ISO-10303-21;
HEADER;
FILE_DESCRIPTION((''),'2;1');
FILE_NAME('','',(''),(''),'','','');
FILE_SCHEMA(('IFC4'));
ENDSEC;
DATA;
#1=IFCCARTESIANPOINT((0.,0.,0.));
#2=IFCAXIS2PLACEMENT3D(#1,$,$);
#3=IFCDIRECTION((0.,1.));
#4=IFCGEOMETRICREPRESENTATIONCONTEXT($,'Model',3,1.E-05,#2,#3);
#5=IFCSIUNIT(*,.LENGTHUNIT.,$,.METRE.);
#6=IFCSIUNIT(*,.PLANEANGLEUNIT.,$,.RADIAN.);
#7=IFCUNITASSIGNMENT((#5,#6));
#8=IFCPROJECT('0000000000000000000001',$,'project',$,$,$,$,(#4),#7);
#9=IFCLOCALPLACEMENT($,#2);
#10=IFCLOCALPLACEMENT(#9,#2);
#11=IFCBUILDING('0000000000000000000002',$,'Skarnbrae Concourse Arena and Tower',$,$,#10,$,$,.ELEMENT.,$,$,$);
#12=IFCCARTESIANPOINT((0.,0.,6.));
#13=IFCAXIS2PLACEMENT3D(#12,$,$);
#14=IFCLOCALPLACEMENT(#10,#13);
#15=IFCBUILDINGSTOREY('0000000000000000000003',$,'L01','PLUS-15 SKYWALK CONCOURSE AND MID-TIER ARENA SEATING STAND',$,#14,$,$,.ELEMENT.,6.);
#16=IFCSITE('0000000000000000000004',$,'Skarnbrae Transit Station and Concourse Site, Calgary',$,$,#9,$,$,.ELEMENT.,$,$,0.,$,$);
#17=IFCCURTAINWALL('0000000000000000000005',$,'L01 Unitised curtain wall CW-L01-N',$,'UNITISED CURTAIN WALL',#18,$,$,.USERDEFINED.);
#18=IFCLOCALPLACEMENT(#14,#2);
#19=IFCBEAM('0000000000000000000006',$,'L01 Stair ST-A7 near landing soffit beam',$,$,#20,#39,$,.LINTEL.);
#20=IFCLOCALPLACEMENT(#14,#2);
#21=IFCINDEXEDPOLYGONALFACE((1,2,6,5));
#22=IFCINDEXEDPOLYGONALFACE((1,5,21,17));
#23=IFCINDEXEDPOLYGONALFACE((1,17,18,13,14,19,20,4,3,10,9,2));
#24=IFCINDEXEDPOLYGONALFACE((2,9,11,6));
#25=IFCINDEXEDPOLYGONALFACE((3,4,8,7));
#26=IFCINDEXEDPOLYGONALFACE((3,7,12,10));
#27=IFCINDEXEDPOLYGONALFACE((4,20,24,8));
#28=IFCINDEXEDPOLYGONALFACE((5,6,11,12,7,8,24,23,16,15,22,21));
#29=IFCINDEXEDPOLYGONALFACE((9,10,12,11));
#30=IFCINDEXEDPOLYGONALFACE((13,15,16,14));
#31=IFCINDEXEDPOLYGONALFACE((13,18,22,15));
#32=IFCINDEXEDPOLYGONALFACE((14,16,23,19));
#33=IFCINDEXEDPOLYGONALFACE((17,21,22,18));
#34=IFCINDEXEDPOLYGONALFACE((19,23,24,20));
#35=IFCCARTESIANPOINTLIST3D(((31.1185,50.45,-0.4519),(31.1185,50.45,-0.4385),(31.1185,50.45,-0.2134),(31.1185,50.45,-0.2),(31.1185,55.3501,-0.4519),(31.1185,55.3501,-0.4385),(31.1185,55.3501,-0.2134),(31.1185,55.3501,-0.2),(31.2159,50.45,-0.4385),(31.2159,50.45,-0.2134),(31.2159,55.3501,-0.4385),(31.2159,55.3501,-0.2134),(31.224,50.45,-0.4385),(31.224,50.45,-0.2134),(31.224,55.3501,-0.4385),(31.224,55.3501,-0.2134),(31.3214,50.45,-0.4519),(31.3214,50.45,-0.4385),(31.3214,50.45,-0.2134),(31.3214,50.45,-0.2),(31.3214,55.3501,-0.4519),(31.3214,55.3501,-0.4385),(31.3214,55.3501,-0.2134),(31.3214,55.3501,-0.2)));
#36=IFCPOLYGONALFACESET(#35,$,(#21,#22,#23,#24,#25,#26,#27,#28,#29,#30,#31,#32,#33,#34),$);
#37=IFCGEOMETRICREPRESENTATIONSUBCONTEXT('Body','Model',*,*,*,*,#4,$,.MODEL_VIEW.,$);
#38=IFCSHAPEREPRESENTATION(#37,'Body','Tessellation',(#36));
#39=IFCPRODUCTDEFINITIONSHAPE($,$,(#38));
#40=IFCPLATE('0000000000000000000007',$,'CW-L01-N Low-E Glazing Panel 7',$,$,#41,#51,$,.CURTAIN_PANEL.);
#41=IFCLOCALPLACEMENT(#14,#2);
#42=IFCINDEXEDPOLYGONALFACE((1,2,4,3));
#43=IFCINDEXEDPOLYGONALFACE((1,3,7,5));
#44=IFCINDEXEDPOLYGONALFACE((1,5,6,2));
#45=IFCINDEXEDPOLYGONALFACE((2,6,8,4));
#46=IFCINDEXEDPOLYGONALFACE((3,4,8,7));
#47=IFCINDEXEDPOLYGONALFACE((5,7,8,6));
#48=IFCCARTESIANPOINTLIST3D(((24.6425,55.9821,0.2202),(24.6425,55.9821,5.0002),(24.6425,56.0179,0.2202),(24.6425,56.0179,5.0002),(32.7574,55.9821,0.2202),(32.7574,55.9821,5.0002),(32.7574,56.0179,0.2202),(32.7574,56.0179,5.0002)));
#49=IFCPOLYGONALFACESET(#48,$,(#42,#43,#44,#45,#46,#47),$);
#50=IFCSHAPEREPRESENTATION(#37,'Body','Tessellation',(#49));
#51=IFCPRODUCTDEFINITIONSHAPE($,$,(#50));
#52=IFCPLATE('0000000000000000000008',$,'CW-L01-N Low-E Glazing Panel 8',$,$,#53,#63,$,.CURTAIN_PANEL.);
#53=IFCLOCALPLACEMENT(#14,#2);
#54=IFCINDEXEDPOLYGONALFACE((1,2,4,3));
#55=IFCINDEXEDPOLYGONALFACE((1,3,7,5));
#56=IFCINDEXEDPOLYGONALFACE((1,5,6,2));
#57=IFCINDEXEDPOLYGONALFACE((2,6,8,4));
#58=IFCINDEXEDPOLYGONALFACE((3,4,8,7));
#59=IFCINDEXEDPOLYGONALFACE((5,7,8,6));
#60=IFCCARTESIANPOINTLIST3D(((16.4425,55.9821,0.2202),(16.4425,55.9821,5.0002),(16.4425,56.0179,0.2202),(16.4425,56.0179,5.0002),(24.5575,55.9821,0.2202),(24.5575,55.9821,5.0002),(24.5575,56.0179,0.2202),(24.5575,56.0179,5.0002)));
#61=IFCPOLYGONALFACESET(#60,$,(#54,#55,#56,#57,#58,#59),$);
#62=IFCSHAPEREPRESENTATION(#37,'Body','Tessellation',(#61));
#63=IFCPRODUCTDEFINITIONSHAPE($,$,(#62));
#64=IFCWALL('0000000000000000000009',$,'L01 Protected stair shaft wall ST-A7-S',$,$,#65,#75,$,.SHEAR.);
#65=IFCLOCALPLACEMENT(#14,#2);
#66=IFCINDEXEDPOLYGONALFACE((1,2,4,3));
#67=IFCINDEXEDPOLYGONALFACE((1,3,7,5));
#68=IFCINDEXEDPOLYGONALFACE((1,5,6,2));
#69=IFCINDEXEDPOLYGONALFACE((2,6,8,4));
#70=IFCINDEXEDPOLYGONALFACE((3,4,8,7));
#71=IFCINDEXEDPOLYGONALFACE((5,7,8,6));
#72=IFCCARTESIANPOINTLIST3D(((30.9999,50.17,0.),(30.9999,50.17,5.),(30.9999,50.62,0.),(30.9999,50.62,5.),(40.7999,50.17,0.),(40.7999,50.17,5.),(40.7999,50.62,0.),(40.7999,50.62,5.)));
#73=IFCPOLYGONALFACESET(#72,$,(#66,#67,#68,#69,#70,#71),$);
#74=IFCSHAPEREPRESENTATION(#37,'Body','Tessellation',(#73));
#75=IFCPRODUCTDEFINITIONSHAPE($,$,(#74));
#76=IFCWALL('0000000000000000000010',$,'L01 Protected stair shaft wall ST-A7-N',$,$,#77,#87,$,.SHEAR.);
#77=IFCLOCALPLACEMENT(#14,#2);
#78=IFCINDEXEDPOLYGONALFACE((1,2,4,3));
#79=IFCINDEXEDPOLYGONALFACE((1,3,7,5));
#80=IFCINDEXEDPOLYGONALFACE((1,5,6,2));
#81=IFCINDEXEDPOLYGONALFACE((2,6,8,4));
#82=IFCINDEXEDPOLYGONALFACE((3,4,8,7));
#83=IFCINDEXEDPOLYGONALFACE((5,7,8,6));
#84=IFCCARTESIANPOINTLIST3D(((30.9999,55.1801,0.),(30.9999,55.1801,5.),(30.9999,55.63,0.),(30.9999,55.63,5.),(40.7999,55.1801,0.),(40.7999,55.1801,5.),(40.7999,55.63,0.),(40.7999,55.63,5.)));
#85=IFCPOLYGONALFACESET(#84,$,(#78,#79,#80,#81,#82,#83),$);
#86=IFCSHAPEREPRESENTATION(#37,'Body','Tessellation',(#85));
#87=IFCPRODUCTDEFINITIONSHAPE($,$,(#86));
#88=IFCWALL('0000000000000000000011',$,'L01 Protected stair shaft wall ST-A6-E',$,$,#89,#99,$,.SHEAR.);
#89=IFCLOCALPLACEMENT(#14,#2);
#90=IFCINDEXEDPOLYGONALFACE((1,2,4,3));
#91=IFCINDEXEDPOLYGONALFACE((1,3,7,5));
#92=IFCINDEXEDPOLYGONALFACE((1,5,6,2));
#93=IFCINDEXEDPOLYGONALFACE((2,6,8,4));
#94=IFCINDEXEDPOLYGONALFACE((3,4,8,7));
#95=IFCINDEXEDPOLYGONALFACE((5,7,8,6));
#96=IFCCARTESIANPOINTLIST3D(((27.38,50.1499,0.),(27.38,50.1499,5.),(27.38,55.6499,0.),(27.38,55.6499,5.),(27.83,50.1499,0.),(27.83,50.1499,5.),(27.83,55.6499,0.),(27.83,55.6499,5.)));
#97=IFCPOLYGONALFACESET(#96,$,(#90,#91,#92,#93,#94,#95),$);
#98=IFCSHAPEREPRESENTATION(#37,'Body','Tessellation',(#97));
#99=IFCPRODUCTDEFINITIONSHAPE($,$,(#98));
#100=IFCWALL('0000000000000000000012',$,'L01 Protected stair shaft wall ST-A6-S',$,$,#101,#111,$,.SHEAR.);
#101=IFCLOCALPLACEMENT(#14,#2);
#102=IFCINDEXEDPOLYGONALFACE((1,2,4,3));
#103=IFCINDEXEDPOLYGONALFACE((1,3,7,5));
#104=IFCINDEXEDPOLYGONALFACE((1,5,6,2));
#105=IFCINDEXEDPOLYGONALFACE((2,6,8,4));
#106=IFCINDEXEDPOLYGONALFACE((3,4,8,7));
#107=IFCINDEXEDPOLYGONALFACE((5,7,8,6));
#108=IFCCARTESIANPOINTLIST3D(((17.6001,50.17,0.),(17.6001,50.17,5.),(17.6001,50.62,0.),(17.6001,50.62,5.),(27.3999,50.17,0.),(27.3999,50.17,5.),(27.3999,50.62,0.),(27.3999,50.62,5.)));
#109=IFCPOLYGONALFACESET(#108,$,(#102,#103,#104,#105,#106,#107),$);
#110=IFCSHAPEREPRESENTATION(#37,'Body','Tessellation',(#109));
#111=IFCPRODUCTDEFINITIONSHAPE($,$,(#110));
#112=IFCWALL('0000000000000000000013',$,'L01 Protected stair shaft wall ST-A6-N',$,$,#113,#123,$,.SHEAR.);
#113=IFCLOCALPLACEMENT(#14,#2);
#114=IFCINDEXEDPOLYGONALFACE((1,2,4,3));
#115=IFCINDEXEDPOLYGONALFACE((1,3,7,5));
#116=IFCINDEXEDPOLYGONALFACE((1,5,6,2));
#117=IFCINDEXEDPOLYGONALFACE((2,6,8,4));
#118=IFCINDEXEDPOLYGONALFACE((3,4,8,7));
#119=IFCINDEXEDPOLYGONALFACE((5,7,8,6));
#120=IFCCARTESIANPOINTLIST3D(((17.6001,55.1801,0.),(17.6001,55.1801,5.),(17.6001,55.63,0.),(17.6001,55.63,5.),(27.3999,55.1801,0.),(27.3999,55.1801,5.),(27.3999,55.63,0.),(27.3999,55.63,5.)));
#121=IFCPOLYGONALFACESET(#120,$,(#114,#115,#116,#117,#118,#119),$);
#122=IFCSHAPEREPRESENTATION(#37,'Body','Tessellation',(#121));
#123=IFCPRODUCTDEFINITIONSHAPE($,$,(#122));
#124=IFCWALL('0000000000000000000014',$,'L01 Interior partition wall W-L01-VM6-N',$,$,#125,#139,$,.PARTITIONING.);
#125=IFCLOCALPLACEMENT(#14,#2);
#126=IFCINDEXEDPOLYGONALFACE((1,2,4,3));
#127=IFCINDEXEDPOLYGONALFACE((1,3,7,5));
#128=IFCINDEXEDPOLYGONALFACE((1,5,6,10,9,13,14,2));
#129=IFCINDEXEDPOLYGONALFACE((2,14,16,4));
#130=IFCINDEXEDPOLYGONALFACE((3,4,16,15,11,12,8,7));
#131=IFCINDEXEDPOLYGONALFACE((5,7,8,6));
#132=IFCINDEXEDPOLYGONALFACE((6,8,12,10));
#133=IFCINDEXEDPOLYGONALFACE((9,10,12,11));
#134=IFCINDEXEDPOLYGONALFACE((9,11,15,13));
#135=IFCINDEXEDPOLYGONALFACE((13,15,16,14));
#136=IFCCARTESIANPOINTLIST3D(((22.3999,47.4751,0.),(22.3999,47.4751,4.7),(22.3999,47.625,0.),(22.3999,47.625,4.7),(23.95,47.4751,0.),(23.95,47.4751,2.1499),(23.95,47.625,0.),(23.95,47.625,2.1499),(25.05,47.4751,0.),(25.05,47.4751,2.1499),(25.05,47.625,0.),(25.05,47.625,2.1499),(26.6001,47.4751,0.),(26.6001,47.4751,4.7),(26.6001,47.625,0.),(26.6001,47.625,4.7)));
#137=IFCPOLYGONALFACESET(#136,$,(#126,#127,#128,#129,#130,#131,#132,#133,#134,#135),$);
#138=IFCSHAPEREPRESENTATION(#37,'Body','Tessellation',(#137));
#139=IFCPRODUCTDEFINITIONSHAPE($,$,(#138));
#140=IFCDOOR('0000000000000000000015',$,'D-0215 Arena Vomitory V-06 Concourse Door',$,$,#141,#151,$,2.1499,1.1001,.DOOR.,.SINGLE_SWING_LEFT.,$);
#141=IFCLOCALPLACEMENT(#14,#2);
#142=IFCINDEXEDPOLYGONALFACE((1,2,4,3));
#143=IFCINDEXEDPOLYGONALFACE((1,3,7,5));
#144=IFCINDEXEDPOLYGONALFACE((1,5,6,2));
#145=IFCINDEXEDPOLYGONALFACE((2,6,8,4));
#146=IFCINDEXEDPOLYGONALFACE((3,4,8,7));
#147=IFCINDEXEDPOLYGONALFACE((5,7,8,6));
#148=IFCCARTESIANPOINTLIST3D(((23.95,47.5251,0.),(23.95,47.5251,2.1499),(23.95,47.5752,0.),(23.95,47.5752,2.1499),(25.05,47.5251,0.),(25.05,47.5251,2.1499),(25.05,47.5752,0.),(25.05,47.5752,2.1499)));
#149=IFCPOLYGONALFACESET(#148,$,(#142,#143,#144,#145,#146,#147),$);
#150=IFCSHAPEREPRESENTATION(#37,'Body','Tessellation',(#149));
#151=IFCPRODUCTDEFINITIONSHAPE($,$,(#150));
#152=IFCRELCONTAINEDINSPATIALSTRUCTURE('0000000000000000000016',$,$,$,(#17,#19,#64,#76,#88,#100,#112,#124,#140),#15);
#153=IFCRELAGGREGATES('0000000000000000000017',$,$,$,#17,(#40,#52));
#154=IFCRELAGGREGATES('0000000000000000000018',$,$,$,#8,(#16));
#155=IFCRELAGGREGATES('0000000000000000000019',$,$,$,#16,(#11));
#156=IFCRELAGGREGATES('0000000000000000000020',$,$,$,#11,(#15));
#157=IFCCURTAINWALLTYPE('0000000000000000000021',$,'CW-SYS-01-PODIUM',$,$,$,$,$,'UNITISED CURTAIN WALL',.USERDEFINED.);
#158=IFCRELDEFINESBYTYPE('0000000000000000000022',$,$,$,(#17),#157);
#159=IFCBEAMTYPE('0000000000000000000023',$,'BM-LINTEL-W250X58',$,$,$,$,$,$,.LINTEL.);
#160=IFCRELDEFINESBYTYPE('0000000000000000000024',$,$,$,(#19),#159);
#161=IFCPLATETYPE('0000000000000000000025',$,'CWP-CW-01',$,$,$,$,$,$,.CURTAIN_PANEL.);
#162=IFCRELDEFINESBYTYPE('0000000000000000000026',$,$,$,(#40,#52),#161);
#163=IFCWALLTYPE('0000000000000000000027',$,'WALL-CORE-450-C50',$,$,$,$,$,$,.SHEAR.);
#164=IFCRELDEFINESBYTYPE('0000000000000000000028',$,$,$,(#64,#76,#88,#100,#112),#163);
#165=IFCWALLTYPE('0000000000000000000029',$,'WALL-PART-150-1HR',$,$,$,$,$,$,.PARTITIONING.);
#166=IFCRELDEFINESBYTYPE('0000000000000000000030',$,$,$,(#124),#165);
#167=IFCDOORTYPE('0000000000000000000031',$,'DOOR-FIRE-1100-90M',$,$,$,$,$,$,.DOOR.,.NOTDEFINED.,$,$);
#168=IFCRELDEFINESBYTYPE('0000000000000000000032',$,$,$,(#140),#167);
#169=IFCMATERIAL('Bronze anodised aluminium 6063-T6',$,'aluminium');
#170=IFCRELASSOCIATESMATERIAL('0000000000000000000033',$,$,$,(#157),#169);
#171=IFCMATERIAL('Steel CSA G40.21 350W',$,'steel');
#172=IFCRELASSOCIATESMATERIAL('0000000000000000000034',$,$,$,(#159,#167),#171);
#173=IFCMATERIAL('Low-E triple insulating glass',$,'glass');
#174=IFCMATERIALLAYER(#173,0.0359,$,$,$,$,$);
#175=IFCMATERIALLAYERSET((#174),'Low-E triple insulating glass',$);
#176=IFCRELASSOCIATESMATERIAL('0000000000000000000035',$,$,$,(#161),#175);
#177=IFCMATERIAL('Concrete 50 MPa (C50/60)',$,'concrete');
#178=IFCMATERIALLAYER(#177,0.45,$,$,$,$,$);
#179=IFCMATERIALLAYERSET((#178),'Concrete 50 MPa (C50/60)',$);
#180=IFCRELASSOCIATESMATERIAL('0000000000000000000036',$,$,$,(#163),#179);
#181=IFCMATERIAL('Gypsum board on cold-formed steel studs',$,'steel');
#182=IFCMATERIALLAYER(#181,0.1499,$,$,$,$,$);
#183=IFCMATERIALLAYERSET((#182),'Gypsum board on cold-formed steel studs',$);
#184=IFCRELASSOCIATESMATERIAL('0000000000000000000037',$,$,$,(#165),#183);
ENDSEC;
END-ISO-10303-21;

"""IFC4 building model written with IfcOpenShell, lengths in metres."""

from ifc_helpers import new_model, si_unit, direction, frame, frame_2d, origin, origin_2d, place, context, subcontext, project, spatial, rectangle, i_section, extrude, source, transform, mapped, material, layer, layer_set, material_profile, profile_set, type_object, element, fill, aggregate, save


model = new_model("IFC4")

# Units and contexts
model_context = context("Model", 3, precision=1e-05, world=origin(), true_north=direction((0.0, 1.0)))
body_context = subcontext(model_context, "Body", "Model", "MODEL_VIEW")
ifc_project = project(units=[si_unit("LENGTHUNIT", "METRE"), si_unit("PLANEANGLEUNIT", "RADIAN")], contexts=[model_context])

# Site, building, storey
site_placement = place(None, origin())
site = spatial("IfcSite", under=ifc_project, at=site_placement, Name="Skarnbrae Transit Station and Concourse Site, Calgary", CompositionType="ELEMENT", RefElevation=0.0)
building_placement = place(site_placement, origin())
building = spatial("IfcBuilding", under=site, at=building_placement, Name="Skarnbrae Concourse Arena and Tower", CompositionType="ELEMENT")
storey_placement = place(building_placement, frame((0.0, 0.0, 6.0)))
storey = spatial("IfcBuildingStorey", under=building, at=storey_placement, Name="L01", Description="PLUS-15 SKYWALK CONCOURSE AND MID-TIER ARENA SEATING STAND", CompositionType="ELEMENT", Elevation=6.0)

# Shared definitions
ifc_material_1 = material(Name="Steel CSA G40.21 350W", Category="steel")

# Curtain wall
ifc_material_2 = material(Name="Bronze anodised aluminium 6063-T6", Category="aluminium")
curtain_wall_type = type_object("IfcCurtainWallType", Name="CW-SYS-01-PODIUM", ElementType="UNITISED CURTAIN WALL", PredefinedType="USERDEFINED", material=ifc_material_2)
curtain_wall_placement = place(storey_placement, origin())
curtain_wall = element("IfcCurtainWall", 1, at=curtain_wall_placement, inside=storey, type_object=curtain_wall_type, Name="L01 Unitised curtain wall CW-L01-N", ObjectType="UNITISED CURTAIN WALL", PredefinedType="USERDEFINED")

# Beam
ifc_material_profile_1 = material_profile(ifc_material_1, i_section(OverallWidth=0.2029, OverallDepth=0.252, WebThickness=0.0081, FlangeThickness=0.0134, at=origin_2d()), Name="W250X58")
ifc_profile_set_1 = profile_set([ifc_material_profile_1], Name="Steel CSA G40.21 350W")
beam_type_1 = type_object("IfcBeamType", Name="BM-LINTEL-W250X58", PredefinedType="LINTEL", material=ifc_profile_set_1)
shared_shape_1 = source(origin(), body_context, "Body", "SweptSolid", [
    extrude(i_section(OverallWidth=0.2029, OverallDepth=0.252, WebThickness=0.0081, FlangeThickness=0.0134, at=origin_2d()), origin(), (0.0, 0.0, 1.0), 4.9001),
])
for number, where, z_axis, x_axis, name in (
    (2, (31.22, 50.45, -0.3259), (0.0, 1.0, 0.0), (-1.0, 0.0, 0.0), "L01 Stair ST-A7 near landing soffit beam"),
):
    element("IfcBeam", number, at=place(storey_placement, frame(where, z_axis=z_axis, x_axis=x_axis)), inside=storey, type_object=beam_type_1, Name=name, PredefinedType="LINTEL", context=body_context, shape_type="MappedRepresentation", body=[
        mapped(shared_shape_1, transform((0.0, 0.0, 0.0))),
    ])

# Plates
ifc_material_3 = material(Name="Low-E triple insulating glass", Category="glass")
ifc_layer_1 = layer(ifc_material_3, 0.0359)
ifc_layer_set_1 = layer_set([ifc_layer_1], Name="Low-E triple insulating glass")
plate_type = type_object("IfcPlateType", Name="CWP-CW-01", PredefinedType="CURTAIN_PANEL", material=ifc_layer_set_1)
shared_shape_2 = source(origin(), body_context, "Body", "SweptSolid", [
    extrude(rectangle(XDim=8.115, YDim=0.0359, at=origin_2d()), origin(), (0.0, 0.0, 1.0), 4.78),
])
plate_1_placement = place(storey_placement, frame((28.7, 56.0, 0.2202), z_axis=(0.0, 0.0, 1.0), x_axis=(-1.0, 0.0, 0.0)))
plate_1 = element("IfcPlate", 3, at=plate_1_placement, type_object=plate_type, Name="CW-L01-N Low-E Glazing Panel 7", PredefinedType="CURTAIN_PANEL", context=body_context, shape_type="MappedRepresentation", body=[
    mapped(shared_shape_2, transform((0.0, 0.0, 0.0))),
])
plate_2_placement = place(storey_placement, frame((20.5, 56.0, 0.2202), z_axis=(0.0, 0.0, 1.0), x_axis=(-1.0, 0.0, 0.0)))
plate_2 = element("IfcPlate", 4, at=plate_2_placement, type_object=plate_type, Name="CW-L01-N Low-E Glazing Panel 8", PredefinedType="CURTAIN_PANEL", context=body_context, shape_type="MappedRepresentation", body=[
    mapped(shared_shape_2, transform((0.0, 0.0, 0.0))),
])
aggregate(curtain_wall, [plate_1, plate_2])

# Walls
ifc_material_4 = material(Name="Concrete 50 MPa (C50/60)", Category="concrete")
ifc_layer_2 = layer(ifc_material_4, 0.45)
ifc_layer_set_2 = layer_set([ifc_layer_2], Name="Concrete 50 MPa (C50/60)")
wall_type_1 = type_object("IfcWallType", Name="WALL-CORE-450-C50", PredefinedType="SHEAR", material=ifc_layer_set_2)
shared_shape_3 = source(origin(), body_context, "Body", "SweptSolid", [
    extrude(rectangle(XDim=9.8, YDim=0.45, at=frame_2d((4.8999, 0.0))), origin(), (0.0, 0.0, 1.0), 5.0),
])
for number, where, z_axis, x_axis, name in (
    (5, (31.0, 50.395, 0.0), (0.0, 0.0, 1.0), (1.0, 0.0, 0.0), "L01 Protected stair shaft wall ST-A7-S"),
    (6, (31.0, 55.405, 0.0), (0.0, 0.0, 1.0), (1.0, 0.0, 0.0), "L01 Protected stair shaft wall ST-A7-N"),
):
    element("IfcWall", number, at=place(storey_placement, frame(where, z_axis=z_axis, x_axis=x_axis)), inside=storey, type_object=wall_type_1, Name=name, PredefinedType="SHEAR", context=body_context, shape_type="MappedRepresentation", body=[
        mapped(shared_shape_3, transform((0.0, 0.0, 0.0))),
    ])

# Shared definitions
shared_shape_4 = source(origin(), body_context, "Body", "SweptSolid", [
    extrude(rectangle(XDim=5.5, YDim=0.45, at=frame_2d((2.75, 0.0))), origin(), (0.0, 0.0, 1.0), 5.0),
])
door_type = type_object("IfcDoorType", Name="DOOR-FIRE-1100-90M", OperationType="NOTDEFINED", PredefinedType="DOOR", material=ifc_material_1)
shared_shape_5 = source(origin(), body_context, "Body", "SweptSolid", [
    extrude(rectangle(XDim=1.1001, YDim=2.1499, at=frame_2d((0.55, 1.075))), frame((0.0, 0.0249, 0.0), z_axis=(0.0, -1.0, 0.0), x_axis=(1.0, 0.0, 0.0)), (0.0, 0.0, 1.0), 0.05),
])

# Wall
wall_1_placement = place(storey_placement, frame((27.605, 50.1499, 0.0), z_axis=(0.0, 0.0, 1.0), x_axis=(0.0, 1.0, 0.0)))
element("IfcWall", 7, at=wall_1_placement, inside=storey, type_object=wall_type_1, Name="L01 Protected stair shaft wall ST-A6-E", PredefinedType="SHEAR", context=body_context, shape_type="MappedRepresentation", body=[
    mapped(shared_shape_4, transform((0.0, 0.0, 0.0))),
])

# Walls
shared_shape_6 = source(origin(), body_context, "Body", "SweptSolid", [
    extrude(rectangle(XDim=9.7998, YDim=0.45, at=frame_2d((4.8999, 0.0))), origin(), (0.0, 0.0, 1.0), 5.0),
])
for number, where, z_axis, x_axis, name in (
    (8, (17.6001, 50.395, 0.0), (0.0, 0.0, 1.0), (1.0, 0.0, 0.0), "L01 Protected stair shaft wall ST-A6-S"),
    (9, (17.6001, 55.405, 0.0), (0.0, 0.0, 1.0), (1.0, 0.0, 0.0), "L01 Protected stair shaft wall ST-A6-N"),
):
    element("IfcWall", number, at=place(storey_placement, frame(where, z_axis=z_axis, x_axis=x_axis)), inside=storey, type_object=wall_type_1, Name=name, PredefinedType="SHEAR", context=body_context, shape_type="MappedRepresentation", body=[
        mapped(shared_shape_6, transform((0.0, 0.0, 0.0))),
    ])

# Wall, opening, door
ifc_material_5 = material(Name="Gypsum board on cold-formed steel studs", Category="steel")
ifc_layer_3 = layer(ifc_material_5, 0.1499)
ifc_layer_set_3 = layer_set([ifc_layer_3], Name="Gypsum board on cold-formed steel studs")
wall_type_2 = type_object("IfcWallType", Name="WALL-PART-150-1HR", PredefinedType="PARTITIONING", material=ifc_layer_set_3)
shared_shape_7 = source(origin(), body_context, "Body", "SweptSolid", [
    extrude(rectangle(XDim=4.2002, YDim=0.1499, at=frame_2d((2.1001, 0.0))), origin(), (0.0, 0.0, 1.0), 4.7),
])
wall_2_placement = place(storey_placement, frame((22.3999, 47.55, 0.0), z_axis=(0.0, 0.0, 1.0), x_axis=(1.0, 0.0, 0.0)))
wall_2 = element("IfcWall", 10, at=wall_2_placement, inside=storey, type_object=wall_type_2, Name="L01 Interior partition wall W-L01-VM6-N", PredefinedType="PARTITIONING", context=body_context, shape_type="MappedRepresentation", body=[
    mapped(shared_shape_7, transform((0.0, 0.0, 0.0))),
])
opening_1_placement = place(wall_2_placement, frame((1.55, 0.0, 0.0)))
opening_1 = element("IfcOpeningElement", 11, at=opening_1_placement, cuts=wall_2, PredefinedType="OPENING", context=body_context, shape_type="SweptSolid", body=[
    extrude(rectangle(XDim=1.1001, YDim=2.1499, at=frame_2d((0.55, 1.075))), frame((0.0, 0.085, 0.0), z_axis=(0.0, -1.0, 0.0), x_axis=(1.0, 0.0, 0.0)), (0.0, 0.0, 1.0), 0.1699),
])
door_1_placement = place(opening_1_placement, frame((1.1001, 0.0, 0.0), z_axis=(0.0, 0.0, 1.0), x_axis=(-1.0, 0.0, 0.0)))
door_1 = element("IfcDoor", 12, at=door_1_placement, inside=storey, type_object=door_type, Name="D-0215 Arena Vomitory V-06 Concourse Door", OperationType="SINGLE_SWING_LEFT", OverallHeight=2.1499, OverallWidth=1.1001, PredefinedType="DOOR", context=body_context, shape_type="MappedRepresentation", body=[
    mapped(shared_shape_5, transform((0.0, 0.0, 0.0))),
])
fill(opening_1, door_1)

save(model, "model.ifc")
